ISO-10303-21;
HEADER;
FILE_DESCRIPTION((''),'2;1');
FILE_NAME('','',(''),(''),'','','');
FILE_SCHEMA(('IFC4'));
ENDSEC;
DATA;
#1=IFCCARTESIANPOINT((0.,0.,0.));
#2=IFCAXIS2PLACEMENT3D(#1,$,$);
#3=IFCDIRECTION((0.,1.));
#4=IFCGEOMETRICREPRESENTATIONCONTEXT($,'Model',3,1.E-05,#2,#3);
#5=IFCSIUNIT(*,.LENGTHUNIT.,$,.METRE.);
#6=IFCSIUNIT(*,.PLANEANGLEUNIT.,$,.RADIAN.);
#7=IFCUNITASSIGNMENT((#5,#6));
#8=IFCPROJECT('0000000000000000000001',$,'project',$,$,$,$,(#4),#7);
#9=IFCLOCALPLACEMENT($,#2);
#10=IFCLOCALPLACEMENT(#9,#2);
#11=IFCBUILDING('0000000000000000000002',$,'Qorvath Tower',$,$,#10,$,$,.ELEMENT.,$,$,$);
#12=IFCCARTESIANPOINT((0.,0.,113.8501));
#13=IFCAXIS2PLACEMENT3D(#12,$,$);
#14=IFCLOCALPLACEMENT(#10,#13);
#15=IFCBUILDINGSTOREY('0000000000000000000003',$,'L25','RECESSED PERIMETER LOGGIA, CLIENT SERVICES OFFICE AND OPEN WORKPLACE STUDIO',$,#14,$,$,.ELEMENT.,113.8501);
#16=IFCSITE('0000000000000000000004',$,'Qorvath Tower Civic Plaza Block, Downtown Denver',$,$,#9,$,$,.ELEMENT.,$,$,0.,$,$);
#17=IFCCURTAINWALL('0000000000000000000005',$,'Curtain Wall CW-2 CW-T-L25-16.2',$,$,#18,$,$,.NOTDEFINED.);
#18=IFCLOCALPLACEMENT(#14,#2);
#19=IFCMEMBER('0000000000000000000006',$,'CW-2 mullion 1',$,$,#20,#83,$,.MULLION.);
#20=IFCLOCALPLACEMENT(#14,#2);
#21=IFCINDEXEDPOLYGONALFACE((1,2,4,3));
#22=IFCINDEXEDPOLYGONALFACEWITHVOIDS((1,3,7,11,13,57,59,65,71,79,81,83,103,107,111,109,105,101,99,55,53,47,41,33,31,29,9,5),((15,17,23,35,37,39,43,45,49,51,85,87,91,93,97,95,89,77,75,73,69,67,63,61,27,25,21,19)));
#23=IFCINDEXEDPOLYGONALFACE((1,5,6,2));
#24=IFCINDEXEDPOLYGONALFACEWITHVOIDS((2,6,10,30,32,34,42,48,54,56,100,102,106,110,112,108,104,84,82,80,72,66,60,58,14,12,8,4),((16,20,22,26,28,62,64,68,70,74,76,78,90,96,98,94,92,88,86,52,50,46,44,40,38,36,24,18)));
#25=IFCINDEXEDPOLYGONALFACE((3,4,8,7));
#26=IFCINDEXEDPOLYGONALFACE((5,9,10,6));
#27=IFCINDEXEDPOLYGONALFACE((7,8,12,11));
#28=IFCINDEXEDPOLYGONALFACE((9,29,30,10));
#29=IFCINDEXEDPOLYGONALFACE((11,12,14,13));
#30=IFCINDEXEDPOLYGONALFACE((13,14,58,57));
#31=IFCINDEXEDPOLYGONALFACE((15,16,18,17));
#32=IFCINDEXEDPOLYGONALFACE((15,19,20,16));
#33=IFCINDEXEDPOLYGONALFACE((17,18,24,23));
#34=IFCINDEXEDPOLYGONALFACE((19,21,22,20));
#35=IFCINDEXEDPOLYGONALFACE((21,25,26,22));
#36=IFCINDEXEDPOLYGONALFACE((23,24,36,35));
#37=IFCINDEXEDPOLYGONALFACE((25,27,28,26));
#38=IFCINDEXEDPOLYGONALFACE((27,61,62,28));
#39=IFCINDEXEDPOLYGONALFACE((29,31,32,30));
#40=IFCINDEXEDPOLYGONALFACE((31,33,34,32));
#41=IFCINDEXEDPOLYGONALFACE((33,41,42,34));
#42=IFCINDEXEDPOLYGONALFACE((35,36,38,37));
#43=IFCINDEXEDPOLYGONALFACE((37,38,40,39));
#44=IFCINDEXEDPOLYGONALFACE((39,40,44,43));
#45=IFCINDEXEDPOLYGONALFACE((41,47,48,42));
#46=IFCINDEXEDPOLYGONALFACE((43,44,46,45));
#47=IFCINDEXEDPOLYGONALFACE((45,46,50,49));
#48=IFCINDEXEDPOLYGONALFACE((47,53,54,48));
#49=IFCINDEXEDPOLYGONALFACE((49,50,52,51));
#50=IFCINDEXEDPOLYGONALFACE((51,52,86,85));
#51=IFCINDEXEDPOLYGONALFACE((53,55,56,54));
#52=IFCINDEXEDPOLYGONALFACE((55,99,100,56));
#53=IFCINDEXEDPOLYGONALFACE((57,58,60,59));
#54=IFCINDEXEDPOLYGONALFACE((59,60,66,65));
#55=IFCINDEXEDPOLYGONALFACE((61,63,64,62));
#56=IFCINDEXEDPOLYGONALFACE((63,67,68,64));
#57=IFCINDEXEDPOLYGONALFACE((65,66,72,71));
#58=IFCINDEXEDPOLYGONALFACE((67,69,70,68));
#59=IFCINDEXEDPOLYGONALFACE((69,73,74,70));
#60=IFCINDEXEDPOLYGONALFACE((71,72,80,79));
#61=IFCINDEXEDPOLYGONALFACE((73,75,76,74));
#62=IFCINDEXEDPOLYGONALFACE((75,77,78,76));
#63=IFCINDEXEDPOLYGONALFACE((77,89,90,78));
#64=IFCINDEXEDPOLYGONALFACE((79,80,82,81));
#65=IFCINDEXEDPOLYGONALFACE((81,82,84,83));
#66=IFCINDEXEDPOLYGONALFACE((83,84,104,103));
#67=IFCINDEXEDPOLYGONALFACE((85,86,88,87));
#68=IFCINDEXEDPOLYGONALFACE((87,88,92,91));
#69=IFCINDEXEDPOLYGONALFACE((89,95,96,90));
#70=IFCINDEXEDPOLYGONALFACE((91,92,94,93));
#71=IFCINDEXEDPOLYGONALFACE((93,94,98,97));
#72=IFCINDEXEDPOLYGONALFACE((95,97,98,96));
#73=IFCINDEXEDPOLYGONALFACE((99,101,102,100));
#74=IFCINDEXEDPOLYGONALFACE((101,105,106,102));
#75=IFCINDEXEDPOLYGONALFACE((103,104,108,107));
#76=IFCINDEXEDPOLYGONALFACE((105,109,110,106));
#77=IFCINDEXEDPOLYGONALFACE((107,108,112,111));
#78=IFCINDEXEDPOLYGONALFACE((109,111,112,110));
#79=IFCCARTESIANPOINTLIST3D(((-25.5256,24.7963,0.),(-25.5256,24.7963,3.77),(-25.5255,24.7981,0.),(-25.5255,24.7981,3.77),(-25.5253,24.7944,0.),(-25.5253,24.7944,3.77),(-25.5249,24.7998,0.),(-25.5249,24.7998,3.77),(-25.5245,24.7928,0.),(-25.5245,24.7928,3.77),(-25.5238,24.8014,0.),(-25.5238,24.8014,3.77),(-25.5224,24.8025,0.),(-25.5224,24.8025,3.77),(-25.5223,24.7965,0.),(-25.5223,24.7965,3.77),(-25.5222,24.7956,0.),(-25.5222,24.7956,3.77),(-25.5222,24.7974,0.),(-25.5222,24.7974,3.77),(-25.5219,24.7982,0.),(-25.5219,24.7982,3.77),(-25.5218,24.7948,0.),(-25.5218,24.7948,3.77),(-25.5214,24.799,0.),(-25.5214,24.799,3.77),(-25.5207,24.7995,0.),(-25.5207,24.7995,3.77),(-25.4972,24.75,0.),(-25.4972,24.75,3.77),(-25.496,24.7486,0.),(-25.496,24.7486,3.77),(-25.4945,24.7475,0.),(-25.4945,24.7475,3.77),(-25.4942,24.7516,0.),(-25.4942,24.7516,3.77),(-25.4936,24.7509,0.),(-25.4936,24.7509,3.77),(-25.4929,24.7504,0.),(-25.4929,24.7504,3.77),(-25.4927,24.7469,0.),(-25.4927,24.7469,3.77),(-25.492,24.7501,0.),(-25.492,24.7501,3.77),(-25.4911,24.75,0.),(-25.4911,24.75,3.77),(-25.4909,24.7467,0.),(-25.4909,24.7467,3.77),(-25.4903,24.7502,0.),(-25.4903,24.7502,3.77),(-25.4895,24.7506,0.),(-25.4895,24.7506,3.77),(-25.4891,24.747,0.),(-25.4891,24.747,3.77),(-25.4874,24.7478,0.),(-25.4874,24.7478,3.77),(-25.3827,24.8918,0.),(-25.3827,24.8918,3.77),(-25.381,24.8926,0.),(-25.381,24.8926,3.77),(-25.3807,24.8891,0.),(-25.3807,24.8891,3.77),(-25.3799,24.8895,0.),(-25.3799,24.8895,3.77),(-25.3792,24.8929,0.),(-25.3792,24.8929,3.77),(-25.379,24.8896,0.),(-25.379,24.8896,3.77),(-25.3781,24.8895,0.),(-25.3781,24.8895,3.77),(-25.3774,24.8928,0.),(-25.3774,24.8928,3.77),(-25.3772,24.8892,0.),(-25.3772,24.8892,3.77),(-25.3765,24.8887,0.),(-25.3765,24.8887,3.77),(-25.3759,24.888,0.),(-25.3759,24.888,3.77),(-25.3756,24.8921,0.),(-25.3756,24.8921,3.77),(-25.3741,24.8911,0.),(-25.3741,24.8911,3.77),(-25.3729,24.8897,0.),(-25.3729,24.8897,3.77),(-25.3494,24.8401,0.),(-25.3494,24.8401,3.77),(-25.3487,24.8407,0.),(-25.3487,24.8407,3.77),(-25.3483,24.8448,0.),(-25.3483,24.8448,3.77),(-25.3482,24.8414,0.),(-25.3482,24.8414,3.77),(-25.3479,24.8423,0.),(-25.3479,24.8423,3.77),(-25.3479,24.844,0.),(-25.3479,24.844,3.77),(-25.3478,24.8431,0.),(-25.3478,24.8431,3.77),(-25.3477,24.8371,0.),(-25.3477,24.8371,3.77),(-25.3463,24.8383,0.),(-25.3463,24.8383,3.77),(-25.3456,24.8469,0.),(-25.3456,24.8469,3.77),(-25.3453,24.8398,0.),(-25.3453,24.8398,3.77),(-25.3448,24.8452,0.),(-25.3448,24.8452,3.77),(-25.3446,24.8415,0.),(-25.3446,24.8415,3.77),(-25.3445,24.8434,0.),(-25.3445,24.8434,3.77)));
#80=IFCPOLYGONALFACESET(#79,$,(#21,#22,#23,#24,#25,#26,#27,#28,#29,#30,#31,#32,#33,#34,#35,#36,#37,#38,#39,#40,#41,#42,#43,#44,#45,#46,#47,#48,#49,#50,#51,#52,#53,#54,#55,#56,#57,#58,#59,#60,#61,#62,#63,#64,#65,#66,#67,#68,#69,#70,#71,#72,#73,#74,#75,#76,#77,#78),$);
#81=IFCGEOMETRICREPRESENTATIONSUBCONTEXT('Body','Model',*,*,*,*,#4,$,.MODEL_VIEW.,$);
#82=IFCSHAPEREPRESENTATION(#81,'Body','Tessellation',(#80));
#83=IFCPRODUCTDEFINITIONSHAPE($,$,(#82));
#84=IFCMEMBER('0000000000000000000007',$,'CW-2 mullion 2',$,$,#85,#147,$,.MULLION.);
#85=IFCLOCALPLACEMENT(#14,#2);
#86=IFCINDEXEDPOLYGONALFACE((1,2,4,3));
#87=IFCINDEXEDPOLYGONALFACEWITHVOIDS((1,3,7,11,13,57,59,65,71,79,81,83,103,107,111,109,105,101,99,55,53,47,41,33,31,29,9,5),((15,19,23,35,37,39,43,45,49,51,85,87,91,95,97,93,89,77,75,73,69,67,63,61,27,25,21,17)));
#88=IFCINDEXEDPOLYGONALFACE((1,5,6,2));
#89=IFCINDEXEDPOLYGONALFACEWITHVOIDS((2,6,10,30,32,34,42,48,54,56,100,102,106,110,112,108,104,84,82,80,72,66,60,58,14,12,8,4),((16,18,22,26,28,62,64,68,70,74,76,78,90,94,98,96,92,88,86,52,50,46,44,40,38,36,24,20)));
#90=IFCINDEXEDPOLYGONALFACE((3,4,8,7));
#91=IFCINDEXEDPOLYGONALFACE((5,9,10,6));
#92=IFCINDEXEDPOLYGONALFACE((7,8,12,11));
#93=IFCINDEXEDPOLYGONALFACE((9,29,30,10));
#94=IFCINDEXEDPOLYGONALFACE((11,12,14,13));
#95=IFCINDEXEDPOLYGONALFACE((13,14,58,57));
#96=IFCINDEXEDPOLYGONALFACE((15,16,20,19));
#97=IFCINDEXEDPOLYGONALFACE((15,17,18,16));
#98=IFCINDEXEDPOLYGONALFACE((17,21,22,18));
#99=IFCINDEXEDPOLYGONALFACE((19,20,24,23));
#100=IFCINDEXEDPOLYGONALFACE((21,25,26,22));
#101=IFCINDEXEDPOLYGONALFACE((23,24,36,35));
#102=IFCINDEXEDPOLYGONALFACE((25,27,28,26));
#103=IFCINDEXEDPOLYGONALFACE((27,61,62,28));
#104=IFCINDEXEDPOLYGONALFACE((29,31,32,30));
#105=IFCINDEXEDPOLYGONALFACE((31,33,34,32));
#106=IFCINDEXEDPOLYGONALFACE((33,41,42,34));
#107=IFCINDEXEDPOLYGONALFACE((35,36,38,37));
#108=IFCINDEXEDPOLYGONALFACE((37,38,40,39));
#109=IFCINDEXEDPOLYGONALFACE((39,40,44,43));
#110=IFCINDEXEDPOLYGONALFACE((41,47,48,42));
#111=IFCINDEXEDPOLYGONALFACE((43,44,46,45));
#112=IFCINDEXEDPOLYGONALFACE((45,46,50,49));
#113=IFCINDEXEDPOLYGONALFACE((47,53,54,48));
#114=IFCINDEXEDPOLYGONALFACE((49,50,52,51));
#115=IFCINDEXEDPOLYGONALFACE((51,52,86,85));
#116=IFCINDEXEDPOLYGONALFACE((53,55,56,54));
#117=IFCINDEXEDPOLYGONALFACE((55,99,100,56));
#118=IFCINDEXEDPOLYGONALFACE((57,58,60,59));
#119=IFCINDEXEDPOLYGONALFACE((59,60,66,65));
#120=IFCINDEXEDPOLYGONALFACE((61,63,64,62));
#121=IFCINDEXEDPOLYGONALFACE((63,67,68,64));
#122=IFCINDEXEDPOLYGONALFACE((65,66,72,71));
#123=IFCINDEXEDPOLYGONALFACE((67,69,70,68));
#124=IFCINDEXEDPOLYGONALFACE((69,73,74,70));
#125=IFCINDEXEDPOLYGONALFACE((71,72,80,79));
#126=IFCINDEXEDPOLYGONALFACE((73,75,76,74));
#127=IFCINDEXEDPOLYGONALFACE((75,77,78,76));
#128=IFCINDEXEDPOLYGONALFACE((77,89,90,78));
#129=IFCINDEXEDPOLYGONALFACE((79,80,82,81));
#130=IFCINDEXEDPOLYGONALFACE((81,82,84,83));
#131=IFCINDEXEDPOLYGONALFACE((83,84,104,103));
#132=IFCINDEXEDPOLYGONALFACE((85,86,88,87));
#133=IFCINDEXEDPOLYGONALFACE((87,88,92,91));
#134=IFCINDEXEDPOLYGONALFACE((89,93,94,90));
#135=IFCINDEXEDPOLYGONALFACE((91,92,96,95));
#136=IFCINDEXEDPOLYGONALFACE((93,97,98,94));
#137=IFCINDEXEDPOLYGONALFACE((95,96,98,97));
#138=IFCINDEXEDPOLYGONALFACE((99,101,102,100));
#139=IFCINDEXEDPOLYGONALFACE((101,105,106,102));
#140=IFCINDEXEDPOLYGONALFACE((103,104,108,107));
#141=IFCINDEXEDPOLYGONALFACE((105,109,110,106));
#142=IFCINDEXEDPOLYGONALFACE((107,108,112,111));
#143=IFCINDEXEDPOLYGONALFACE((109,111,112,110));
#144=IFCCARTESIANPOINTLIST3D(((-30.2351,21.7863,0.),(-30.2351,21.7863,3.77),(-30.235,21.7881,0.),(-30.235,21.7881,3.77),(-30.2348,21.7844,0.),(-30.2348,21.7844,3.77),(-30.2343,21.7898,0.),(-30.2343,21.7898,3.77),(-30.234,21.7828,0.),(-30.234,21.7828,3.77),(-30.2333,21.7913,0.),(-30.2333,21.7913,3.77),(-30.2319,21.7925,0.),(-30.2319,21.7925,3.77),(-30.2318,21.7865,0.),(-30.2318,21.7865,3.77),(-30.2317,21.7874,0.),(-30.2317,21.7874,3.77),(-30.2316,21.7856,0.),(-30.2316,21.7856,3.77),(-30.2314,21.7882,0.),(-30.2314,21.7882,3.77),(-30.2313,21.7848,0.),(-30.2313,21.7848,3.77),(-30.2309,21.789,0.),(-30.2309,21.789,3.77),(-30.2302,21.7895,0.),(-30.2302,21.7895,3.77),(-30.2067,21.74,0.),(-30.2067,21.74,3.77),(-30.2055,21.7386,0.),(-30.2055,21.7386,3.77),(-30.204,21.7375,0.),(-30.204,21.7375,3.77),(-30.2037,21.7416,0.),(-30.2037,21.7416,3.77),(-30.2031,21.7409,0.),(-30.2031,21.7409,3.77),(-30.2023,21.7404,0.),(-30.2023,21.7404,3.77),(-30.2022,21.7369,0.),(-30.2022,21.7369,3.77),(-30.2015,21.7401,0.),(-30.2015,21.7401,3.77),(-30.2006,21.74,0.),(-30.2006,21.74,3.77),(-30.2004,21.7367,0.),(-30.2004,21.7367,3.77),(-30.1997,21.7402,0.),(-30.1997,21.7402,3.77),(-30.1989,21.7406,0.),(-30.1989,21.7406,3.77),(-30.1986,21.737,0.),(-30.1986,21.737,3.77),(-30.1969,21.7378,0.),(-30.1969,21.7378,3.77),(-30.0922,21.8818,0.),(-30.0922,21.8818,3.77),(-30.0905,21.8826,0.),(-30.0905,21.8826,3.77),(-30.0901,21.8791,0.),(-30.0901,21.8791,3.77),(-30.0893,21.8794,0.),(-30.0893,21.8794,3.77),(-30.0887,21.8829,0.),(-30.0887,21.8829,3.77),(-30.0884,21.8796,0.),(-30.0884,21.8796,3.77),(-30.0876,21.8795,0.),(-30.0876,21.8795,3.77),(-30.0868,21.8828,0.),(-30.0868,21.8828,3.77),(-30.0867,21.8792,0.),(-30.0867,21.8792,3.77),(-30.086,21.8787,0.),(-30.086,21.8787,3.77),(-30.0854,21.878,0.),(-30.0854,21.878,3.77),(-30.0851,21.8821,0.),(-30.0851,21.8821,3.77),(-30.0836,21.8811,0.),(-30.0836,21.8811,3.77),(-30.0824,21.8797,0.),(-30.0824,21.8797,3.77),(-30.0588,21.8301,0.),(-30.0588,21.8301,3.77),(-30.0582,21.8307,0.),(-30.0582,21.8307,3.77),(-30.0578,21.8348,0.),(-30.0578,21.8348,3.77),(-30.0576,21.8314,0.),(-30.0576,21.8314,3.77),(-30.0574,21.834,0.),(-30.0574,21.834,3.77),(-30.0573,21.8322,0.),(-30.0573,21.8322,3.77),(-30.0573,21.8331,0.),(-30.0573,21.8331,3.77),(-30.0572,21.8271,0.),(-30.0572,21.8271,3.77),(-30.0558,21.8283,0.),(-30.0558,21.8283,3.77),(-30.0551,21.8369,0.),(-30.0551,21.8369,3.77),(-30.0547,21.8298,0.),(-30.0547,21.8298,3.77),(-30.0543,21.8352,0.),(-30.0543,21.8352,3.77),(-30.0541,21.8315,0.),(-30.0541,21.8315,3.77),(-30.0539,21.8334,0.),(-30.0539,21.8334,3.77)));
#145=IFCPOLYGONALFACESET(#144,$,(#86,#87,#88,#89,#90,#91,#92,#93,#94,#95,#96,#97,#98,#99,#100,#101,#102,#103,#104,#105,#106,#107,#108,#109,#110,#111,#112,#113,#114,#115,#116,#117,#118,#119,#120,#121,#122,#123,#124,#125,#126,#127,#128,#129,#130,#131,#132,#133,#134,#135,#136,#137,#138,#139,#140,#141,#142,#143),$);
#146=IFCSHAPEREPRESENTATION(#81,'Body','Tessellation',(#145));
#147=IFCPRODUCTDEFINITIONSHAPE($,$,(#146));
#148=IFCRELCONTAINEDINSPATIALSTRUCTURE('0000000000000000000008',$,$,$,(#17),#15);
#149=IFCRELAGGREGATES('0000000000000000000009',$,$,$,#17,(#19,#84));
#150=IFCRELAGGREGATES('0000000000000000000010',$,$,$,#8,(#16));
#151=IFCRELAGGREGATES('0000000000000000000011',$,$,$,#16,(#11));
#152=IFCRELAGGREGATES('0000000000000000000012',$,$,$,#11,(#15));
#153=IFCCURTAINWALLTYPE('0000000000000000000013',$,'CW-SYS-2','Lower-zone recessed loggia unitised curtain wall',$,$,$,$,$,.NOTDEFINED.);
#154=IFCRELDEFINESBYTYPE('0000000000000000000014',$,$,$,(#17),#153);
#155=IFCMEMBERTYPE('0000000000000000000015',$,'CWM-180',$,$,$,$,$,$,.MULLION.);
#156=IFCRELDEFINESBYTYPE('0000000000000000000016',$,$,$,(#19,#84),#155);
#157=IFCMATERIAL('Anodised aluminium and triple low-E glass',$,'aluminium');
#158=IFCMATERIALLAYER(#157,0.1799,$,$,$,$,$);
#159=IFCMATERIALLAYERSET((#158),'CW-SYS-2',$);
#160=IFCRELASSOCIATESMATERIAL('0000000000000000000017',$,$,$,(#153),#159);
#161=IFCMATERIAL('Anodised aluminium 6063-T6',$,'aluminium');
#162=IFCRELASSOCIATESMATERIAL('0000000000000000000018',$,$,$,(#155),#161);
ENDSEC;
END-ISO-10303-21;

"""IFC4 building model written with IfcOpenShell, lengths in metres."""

from ifc_helpers import new_model, si_unit, direction, frame, origin, origin_2d, place, context, subcontext, project, spatial, hollow_rectangle, extrude, material, layer, layer_set, material_profile, profile_set, type_object, element, aggregate, save


model = new_model("IFC4")

# Units and contexts
model_context = context("Model", 3, precision=1e-05, world=origin(), true_north=direction((0.0, 1.0)))
body_context = subcontext(model_context, "Body", "Model", "MODEL_VIEW")
ifc_project = project(units=[si_unit("LENGTHUNIT", "METRE"), si_unit("PLANEANGLEUNIT", "RADIAN")], contexts=[model_context])

# Site, building, storey
site_placement = place(None, origin())
site = spatial("IfcSite", under=ifc_project, at=site_placement, Name="Qorvath Tower Civic Plaza Block, Downtown Denver", CompositionType="ELEMENT", RefElevation=0.0)
building_placement = place(site_placement, origin())
building = spatial("IfcBuilding", under=site, at=building_placement, Name="Qorvath Tower", CompositionType="ELEMENT")
storey_placement = place(building_placement, frame((0.0, 0.0, 113.8501)))
storey = spatial("IfcBuildingStorey", under=building, at=storey_placement, Name="L25", Description="RECESSED PERIMETER LOGGIA, CLIENT SERVICES OFFICE AND OPEN WORKPLACE STUDIO", CompositionType="ELEMENT", Elevation=113.8501)

# Curtain wall, members
ifc_material_1 = material(Name="Anodised aluminium and triple low-E glass", Category="aluminium")
ifc_layer_1 = layer(ifc_material_1, 0.1799)
ifc_layer_set_1 = layer_set([ifc_layer_1], Name="CW-SYS-2")
curtain_wall_type = type_object("IfcCurtainWallType", Name="CW-SYS-2", Description="Lower-zone recessed loggia unitised curtain wall", PredefinedType="NOTDEFINED", material=ifc_layer_set_1)
ifc_material_2 = material(Name="Anodised aluminium 6063-T6", Category="aluminium")
ifc_material_profile_1 = material_profile(ifc_material_2, hollow_rectangle(XDim=0.0649, YDim=0.1799, WallThickness=0.0034, InnerFilletRadius=0.0034, OuterFilletRadius=0.0071, at=origin_2d()), Name="CWM 180x65")
ifc_profile_set_1 = profile_set([ifc_material_profile_1], Name="Anodised aluminium 6063-T6")
member_type_1 = type_object("IfcMemberType", Name="CWM-180", PredefinedType="MULLION", material=ifc_profile_set_1)
curtain_wall_1_placement = place(storey_placement, origin())
curtain_wall_1 = element("IfcCurtainWall", 1, at=curtain_wall_1_placement, inside=storey, type_object=curtain_wall_type, Name="Curtain Wall CW-2 CW-T-L25-16.2", PredefinedType="NOTDEFINED")
member_1_placement = place(storey_placement, frame((-25.4351, 24.8198, 0.0), z_axis=(0.0, 0.0, 1.0), x_axis=(0.538543, -0.842598, 0.0)))
member_1 = element("IfcMember", 2, at=member_1_placement, type_object=member_type_1, Name="CW-2 mullion 1", PredefinedType="MULLION", context=body_context, shape_type="SweptSolid", body=[
    extrude(hollow_rectangle(XDim=0.0649, YDim=0.1799, WallThickness=0.0034, InnerFilletRadius=0.0034, OuterFilletRadius=0.0071, at=origin_2d()), origin(), (0.0, 0.0, 1.0), 3.77),
])
member_2_placement = place(storey_placement, frame((-30.1445, 21.8098, 0.0), z_axis=(0.0, 0.0, 1.0), x_axis=(0.538543, -0.842598, 0.0)))
member_2 = element("IfcMember", 3, at=member_2_placement, type_object=member_type_1, Name="CW-2 mullion 2", PredefinedType="MULLION", context=body_context, shape_type="SweptSolid", body=[
    extrude(hollow_rectangle(XDim=0.0649, YDim=0.1799, WallThickness=0.0034, InnerFilletRadius=0.0034, OuterFilletRadius=0.0071, at=origin_2d()), origin(), (0.0, 0.0, 1.0), 3.77),
])

aggregate(curtain_wall_1, [member_1, member_2])

save(model, "model.ifc")
